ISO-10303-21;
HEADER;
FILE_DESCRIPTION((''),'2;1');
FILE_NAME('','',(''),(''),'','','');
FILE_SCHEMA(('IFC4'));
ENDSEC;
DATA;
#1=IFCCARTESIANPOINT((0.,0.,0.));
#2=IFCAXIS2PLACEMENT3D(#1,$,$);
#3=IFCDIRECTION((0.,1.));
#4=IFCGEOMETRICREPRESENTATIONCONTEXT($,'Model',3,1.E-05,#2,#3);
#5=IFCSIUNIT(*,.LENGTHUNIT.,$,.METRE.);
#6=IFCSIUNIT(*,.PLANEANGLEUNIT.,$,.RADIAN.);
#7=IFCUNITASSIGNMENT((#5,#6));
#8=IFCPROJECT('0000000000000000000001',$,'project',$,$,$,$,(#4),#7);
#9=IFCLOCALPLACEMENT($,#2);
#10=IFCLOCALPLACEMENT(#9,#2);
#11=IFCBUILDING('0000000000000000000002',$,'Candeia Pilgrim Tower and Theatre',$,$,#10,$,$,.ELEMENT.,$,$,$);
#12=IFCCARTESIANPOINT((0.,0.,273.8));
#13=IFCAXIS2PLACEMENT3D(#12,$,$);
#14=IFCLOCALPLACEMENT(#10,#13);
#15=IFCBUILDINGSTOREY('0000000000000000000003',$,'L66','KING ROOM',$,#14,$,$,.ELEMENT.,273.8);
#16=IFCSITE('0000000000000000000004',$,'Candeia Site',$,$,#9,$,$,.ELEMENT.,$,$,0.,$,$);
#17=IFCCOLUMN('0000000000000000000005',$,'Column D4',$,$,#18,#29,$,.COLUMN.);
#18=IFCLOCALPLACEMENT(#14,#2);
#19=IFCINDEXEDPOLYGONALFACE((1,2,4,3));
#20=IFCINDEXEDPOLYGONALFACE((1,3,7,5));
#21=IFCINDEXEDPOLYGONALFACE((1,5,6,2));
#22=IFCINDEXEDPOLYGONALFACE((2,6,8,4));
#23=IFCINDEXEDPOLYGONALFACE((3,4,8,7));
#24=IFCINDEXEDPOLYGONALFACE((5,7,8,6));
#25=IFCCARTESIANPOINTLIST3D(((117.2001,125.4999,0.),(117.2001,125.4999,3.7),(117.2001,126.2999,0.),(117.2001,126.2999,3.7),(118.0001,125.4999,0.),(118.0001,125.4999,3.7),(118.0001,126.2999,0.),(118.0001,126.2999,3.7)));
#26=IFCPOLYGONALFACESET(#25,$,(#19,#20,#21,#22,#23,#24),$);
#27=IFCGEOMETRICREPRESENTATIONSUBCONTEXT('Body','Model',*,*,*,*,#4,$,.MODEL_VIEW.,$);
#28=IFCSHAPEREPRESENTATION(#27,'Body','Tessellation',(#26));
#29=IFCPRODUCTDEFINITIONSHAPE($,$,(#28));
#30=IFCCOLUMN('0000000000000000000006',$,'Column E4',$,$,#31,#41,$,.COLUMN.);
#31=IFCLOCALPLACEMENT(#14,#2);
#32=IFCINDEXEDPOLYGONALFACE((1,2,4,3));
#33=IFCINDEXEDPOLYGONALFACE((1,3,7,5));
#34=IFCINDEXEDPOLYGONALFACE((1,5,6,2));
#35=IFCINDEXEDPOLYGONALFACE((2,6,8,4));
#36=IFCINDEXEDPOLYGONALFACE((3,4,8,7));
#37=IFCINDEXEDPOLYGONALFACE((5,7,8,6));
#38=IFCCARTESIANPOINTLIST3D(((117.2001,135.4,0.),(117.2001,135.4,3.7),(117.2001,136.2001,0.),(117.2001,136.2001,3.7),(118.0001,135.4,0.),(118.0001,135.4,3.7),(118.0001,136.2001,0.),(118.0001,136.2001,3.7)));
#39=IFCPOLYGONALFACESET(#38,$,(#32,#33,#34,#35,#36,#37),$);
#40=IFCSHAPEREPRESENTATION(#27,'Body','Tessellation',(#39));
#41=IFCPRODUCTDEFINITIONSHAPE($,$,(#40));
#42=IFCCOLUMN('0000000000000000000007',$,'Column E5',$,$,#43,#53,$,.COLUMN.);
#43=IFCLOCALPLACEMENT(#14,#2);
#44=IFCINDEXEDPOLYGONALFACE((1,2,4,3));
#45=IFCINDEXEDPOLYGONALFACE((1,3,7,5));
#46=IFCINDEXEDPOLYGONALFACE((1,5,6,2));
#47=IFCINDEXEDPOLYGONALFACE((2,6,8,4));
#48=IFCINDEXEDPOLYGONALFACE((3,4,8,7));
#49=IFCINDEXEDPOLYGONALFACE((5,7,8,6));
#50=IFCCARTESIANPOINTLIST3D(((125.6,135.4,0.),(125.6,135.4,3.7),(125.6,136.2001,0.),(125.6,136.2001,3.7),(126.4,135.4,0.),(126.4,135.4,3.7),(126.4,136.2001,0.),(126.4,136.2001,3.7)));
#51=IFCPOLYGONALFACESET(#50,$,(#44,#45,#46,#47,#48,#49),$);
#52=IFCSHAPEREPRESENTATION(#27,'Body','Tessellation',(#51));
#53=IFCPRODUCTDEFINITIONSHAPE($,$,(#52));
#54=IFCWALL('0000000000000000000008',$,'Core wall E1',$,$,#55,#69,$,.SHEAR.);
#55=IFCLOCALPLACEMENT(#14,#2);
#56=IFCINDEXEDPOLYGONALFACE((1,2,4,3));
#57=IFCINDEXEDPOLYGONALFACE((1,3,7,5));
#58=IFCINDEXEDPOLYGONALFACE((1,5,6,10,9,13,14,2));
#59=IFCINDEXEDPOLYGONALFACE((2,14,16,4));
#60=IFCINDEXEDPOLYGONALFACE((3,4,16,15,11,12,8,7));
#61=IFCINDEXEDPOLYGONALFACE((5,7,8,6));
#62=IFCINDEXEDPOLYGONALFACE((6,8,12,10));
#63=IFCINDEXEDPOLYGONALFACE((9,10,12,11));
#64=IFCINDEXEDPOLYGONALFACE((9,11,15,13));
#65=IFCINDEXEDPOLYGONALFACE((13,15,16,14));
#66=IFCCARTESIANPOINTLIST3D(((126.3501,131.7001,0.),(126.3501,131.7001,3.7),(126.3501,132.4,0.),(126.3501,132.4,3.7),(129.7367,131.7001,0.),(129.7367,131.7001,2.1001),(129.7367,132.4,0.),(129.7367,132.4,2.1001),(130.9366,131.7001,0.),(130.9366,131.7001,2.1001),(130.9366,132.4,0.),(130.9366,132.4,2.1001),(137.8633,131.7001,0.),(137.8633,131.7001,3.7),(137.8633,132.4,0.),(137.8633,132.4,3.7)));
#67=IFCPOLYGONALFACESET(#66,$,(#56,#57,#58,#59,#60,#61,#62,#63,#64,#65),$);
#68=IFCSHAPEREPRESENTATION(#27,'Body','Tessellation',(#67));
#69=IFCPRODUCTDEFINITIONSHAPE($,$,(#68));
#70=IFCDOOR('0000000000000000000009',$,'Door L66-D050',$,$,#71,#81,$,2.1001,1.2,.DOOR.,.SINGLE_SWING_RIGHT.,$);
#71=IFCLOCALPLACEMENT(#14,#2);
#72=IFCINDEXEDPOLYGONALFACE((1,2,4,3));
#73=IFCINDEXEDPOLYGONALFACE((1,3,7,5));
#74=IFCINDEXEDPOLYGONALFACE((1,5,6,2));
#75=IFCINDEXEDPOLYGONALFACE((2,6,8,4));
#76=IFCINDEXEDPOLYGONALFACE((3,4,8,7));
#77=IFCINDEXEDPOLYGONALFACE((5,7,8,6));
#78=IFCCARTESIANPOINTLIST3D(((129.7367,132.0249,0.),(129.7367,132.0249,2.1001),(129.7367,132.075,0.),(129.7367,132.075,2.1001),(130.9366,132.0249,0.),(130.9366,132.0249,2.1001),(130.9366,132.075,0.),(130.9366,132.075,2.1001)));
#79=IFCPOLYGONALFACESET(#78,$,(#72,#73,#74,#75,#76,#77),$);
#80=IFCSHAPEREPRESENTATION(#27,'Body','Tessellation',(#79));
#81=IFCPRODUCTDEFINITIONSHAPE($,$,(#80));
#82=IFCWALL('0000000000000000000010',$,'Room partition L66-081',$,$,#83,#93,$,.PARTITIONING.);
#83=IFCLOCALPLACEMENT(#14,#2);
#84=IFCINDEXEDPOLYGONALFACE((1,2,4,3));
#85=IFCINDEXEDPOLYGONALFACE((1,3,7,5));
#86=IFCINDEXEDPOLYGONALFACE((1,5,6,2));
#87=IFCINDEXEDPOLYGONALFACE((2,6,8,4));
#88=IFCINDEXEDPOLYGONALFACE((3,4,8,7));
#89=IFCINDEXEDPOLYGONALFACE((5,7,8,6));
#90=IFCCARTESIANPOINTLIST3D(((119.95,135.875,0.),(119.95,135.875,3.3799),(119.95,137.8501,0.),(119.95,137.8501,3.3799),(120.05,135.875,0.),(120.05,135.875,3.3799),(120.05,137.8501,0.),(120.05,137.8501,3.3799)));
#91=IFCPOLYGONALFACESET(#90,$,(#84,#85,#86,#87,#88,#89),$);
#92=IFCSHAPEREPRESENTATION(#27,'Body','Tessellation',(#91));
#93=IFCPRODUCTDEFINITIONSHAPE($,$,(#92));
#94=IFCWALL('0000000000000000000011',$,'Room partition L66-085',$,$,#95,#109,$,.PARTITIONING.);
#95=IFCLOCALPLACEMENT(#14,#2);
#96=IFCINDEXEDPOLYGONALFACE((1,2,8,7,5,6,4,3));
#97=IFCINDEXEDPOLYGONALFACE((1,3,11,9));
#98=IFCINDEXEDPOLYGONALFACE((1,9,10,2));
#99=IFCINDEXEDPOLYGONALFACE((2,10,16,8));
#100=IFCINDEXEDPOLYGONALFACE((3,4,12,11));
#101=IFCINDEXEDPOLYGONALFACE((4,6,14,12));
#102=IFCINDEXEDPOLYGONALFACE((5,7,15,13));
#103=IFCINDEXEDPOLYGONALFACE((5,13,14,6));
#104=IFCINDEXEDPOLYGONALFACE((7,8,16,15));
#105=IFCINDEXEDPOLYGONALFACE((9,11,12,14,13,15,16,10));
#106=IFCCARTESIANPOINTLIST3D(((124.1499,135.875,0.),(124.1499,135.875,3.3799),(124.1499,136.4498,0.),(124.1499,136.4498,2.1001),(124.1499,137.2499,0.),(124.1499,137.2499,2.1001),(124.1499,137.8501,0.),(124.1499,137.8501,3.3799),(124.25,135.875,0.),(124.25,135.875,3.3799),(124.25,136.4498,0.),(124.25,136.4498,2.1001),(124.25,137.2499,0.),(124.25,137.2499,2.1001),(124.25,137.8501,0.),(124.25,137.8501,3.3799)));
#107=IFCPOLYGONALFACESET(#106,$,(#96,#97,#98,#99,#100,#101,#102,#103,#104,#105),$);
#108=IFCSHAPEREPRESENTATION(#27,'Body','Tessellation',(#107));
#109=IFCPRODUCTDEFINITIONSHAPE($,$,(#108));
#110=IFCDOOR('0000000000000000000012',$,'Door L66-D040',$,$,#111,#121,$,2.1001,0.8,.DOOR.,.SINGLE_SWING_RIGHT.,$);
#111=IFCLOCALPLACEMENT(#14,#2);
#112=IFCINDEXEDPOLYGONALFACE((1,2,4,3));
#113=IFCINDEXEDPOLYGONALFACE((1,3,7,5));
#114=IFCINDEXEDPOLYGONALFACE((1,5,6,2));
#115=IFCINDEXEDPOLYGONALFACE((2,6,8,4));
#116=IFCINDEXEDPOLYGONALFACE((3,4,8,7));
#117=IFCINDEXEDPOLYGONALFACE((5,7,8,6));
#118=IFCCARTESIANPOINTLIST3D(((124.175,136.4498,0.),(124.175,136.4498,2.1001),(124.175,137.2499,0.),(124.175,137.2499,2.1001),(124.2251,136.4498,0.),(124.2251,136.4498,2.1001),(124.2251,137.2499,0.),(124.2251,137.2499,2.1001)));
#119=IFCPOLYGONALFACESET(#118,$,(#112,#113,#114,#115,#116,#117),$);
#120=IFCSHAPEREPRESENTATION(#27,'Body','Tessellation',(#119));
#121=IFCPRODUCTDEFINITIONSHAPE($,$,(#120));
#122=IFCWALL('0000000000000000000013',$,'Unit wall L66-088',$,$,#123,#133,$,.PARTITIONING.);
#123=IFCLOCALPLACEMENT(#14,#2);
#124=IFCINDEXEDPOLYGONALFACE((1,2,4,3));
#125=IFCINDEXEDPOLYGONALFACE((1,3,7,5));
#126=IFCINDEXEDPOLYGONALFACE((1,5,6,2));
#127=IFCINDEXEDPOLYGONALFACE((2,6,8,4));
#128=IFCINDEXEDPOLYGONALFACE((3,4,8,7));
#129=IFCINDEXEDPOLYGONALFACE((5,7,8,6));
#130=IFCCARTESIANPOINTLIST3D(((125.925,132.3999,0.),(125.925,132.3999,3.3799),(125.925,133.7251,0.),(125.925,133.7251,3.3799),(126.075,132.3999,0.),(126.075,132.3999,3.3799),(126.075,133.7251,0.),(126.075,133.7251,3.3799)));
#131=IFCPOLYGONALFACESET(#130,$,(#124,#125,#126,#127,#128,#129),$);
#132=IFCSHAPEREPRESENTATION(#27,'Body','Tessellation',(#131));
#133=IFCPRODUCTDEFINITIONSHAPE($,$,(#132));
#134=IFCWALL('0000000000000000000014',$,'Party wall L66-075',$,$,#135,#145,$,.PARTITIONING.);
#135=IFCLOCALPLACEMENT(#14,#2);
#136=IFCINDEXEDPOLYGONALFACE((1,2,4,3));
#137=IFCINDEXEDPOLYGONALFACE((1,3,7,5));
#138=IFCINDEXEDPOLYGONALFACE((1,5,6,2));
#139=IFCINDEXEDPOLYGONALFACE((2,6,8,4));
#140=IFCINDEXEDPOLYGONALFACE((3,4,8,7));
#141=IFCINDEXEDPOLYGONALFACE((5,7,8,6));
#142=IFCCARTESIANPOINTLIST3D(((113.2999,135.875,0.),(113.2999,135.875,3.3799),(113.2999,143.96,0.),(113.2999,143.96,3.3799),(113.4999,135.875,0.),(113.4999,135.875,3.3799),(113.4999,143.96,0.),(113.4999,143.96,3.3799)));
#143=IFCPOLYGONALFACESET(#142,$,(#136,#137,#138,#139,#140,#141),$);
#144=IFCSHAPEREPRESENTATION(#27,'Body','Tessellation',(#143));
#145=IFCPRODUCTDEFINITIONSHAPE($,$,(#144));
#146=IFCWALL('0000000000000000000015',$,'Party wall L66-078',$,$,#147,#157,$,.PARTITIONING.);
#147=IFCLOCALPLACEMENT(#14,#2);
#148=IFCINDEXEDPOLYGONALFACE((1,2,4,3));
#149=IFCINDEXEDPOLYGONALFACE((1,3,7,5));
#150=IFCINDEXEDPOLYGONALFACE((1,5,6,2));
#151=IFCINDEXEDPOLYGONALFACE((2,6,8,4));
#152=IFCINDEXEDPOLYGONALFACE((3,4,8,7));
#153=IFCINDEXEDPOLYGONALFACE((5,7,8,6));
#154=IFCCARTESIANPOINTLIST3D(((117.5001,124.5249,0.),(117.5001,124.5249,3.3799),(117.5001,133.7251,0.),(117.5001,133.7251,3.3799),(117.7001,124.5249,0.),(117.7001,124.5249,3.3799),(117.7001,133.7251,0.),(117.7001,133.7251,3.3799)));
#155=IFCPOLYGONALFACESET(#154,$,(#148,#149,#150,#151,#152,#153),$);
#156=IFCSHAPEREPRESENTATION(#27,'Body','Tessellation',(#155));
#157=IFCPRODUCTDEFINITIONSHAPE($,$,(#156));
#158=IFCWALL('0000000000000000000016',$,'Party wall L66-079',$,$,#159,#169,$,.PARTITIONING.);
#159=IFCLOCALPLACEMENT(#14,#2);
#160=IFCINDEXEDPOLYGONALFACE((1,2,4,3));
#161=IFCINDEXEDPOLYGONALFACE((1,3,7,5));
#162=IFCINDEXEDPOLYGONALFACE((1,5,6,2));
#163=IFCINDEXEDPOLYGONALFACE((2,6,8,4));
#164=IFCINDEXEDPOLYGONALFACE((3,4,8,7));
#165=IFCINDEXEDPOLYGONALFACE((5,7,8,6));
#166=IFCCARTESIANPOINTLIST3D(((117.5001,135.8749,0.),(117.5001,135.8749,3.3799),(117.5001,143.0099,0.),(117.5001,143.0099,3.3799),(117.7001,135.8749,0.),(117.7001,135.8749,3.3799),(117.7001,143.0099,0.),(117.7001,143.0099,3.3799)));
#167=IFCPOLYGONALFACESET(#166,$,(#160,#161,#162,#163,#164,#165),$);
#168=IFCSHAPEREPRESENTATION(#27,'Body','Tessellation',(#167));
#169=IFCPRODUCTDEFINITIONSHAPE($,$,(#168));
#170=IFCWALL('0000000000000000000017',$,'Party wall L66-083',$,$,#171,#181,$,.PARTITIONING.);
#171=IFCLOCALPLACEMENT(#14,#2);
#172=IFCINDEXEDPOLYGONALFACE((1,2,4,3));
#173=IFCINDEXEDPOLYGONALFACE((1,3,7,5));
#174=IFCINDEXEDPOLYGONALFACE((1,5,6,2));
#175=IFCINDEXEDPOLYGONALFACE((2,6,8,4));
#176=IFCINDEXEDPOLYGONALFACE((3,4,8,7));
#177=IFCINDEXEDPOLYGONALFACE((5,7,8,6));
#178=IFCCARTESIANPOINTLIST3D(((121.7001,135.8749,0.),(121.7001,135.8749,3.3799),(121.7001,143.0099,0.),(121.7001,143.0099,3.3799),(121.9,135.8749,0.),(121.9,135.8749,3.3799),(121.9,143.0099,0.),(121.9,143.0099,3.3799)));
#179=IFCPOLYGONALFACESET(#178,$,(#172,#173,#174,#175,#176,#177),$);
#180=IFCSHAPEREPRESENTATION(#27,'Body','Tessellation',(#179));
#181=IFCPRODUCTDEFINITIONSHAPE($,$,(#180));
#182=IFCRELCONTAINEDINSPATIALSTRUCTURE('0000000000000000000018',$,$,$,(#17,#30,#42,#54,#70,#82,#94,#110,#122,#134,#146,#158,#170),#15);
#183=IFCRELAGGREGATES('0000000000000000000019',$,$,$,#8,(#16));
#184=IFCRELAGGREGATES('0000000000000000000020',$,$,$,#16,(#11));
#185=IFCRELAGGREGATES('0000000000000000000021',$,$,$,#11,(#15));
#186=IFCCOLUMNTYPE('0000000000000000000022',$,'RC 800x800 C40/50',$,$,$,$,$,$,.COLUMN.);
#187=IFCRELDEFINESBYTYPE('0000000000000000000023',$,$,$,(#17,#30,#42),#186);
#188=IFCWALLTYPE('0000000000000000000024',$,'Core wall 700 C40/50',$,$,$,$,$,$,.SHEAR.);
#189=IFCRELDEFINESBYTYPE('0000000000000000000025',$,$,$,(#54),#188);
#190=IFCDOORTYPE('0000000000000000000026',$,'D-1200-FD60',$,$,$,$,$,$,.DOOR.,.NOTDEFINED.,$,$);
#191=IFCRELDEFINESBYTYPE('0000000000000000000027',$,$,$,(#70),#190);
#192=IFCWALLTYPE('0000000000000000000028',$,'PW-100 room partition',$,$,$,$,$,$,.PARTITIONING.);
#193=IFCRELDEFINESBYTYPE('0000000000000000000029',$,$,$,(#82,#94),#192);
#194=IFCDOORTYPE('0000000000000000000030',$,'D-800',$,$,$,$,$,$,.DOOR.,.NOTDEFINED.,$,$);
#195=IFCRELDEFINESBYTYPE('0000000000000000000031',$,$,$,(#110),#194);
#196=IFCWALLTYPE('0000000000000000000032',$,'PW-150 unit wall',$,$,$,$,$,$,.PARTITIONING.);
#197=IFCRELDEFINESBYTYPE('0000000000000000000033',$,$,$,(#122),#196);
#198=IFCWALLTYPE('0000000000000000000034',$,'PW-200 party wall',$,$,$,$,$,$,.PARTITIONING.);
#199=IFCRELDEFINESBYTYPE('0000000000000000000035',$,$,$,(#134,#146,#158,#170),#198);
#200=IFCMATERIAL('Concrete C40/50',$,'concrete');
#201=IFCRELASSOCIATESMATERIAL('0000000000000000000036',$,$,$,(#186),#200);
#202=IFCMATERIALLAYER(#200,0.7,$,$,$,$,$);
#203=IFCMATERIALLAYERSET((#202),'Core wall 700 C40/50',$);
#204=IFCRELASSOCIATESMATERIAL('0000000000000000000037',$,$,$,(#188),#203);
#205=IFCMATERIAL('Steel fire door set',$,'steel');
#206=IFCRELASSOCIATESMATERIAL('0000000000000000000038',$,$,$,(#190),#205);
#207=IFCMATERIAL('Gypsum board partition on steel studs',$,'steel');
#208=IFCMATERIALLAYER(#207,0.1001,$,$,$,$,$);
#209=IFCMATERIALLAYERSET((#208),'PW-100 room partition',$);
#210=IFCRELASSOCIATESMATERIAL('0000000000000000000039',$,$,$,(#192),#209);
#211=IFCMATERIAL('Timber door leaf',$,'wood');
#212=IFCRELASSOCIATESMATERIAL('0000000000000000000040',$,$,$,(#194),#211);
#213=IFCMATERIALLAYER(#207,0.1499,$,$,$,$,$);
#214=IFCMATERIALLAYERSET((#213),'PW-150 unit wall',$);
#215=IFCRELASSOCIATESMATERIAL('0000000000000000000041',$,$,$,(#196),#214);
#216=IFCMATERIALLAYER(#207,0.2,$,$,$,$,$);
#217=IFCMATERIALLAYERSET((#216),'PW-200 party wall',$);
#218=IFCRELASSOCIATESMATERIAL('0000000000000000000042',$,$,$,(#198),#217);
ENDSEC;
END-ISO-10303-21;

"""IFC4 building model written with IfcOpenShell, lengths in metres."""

from ifc_helpers import new_model, si_unit, direction, frame, frame_2d, origin, origin_2d, place, context, subcontext, project, spatial, rectangle, extrude, material, layer, layer_set, material_profile, profile_set, type_object, element, fill, save


model = new_model("IFC4")

# Units and contexts
model_context = context("Model", 3, precision=1e-05, world=origin(), true_north=direction((0.0, 1.0)))
body_context = subcontext(model_context, "Body", "Model", "MODEL_VIEW")
ifc_project = project(units=[si_unit("LENGTHUNIT", "METRE"), si_unit("PLANEANGLEUNIT", "RADIAN")], contexts=[model_context])

# Site, building, storey
site_placement = place(None, origin())
site = spatial("IfcSite", under=ifc_project, at=site_placement, Name="Candeia Site", CompositionType="ELEMENT", RefElevation=0.0)
building_placement = place(site_placement, origin())
building = spatial("IfcBuilding", under=site, at=building_placement, Name="Candeia Pilgrim Tower and Theatre", CompositionType="ELEMENT")
storey_placement = place(building_placement, frame((0.0, 0.0, 273.8)))
storey = spatial("IfcBuildingStorey", under=building, at=storey_placement, Name="L66", Description="KING ROOM", CompositionType="ELEMENT", Elevation=273.8)

# Columns
ifc_material_1 = material(Name="Concrete C40/50", Category="concrete")
ifc_material_profile = material_profile(ifc_material_1, rectangle(XDim=0.8, YDim=0.8, at=origin_2d()))
ifc_profile_set = profile_set([ifc_material_profile], Name="Concrete C40/50")
column_type = type_object("IfcColumnType", Name="RC 800x800 C40/50", PredefinedType="COLUMN", material=ifc_profile_set)
for number, where, z_axis, x_axis, name in (
    (1, (117.6001, 125.8999, 0.0), (0.0, 0.0, 1.0), (1.0, 0.0, 0.0), "Column D4"),
    (2, (117.6001, 135.8, 0.0), (0.0, 0.0, 1.0), (1.0, 0.0, 0.0), "Column E4"),
    (3, (126.0, 135.8, 0.0), (0.0, 0.0, 1.0), (1.0, 0.0, 0.0), "Column E5"),
):
    element("IfcColumn", number, at=place(storey_placement, frame(where, z_axis=z_axis, x_axis=x_axis)), inside=storey, type_object=column_type, Name=name, PredefinedType="COLUMN", context=body_context, shape_type="SweptSolid", body=[
        extrude(rectangle(XDim=0.8, YDim=0.8, at=origin_2d()), origin(), (0.0, 0.0, 1.0), 3.7),
    ])

# Wall, opening, door
ifc_layer_1 = layer(ifc_material_1, 0.7)
ifc_layer_set_1 = layer_set([ifc_layer_1], Name="Core wall 700 C40/50")
wall_type_1 = type_object("IfcWallType", Name="Core wall 700 C40/50", PredefinedType="SHEAR", material=ifc_layer_set_1)
wall_1_placement = place(storey_placement, frame((126.3501, 132.05, 0.0), z_axis=(0.0, 0.0, 1.0), x_axis=(1.0, 0.0, 0.0)))
wall_1 = element("IfcWall", 4, at=wall_1_placement, inside=storey, type_object=wall_type_1, Name="Core wall E1", PredefinedType="SHEAR", context=body_context, shape_type="SweptSolid", body=[
    extrude(rectangle(XDim=11.5132, YDim=0.7, at=frame_2d((5.7566, 0.0))), origin(), (0.0, 0.0, 1.0), 3.7),
])
opening_1_placement = place(wall_1_placement, frame((3.3865, 0.0, 0.0)))
opening_1 = element("IfcOpeningElement", 5, at=opening_1_placement, cuts=wall_1, PredefinedType="OPENING", context=body_context, shape_type="SweptSolid", body=[
    extrude(rectangle(XDim=1.2, YDim=2.1001, at=frame_2d((0.6001, 1.05))), frame((0.0, 0.3599, 0.0), z_axis=(0.0, -1.0, 0.0), x_axis=(1.0, 0.0, 0.0)), (0.0, 0.0, 1.0), 0.72),
])
ifc_material_2 = material(Name="Steel fire door set", Category="steel")
door_type_1 = type_object("IfcDoorType", Name="D-1200-FD60", OperationType="NOTDEFINED", PredefinedType="DOOR", material=ifc_material_2)
door_1_placement = place(opening_1_placement, origin())
door_1 = element("IfcDoor", 6, at=door_1_placement, inside=storey, type_object=door_type_1, Name="Door L66-D050", OperationType="SINGLE_SWING_RIGHT", OverallHeight=2.1001, OverallWidth=1.2, PredefinedType="DOOR", context=body_context, shape_type="SweptSolid", body=[
    extrude(rectangle(XDim=1.2, YDim=2.1001, at=frame_2d((0.6001, 1.05))), frame((0.0, 0.0249, 0.0), z_axis=(0.0, -1.0, 0.0), x_axis=(1.0, 0.0, 0.0)), (0.0, 0.0, 1.0), 0.05),
])
fill(opening_1, door_1)

# Wall
ifc_material_3 = material(Name="Gypsum board partition on steel studs", Category="steel")
ifc_layer_2 = layer(ifc_material_3, 0.1001)
ifc_layer_set_2 = layer_set([ifc_layer_2], Name="PW-100 room partition")
wall_type_2 = type_object("IfcWallType", Name="PW-100 room partition", PredefinedType="PARTITIONING", material=ifc_layer_set_2)
wall_2_placement = place(storey_placement, frame((120.0, 135.875, 0.0), z_axis=(0.0, 0.0, 1.0), x_axis=(0.0, 1.0, 0.0)))
element("IfcWall", 7, at=wall_2_placement, inside=storey, type_object=wall_type_2, Name="Room partition L66-081", PredefinedType="PARTITIONING", context=body_context, shape_type="SweptSolid", body=[
    extrude(rectangle(XDim=1.9751, YDim=0.1001, at=frame_2d((0.9875, 0.0))), origin(), (0.0, 0.0, 1.0), 3.3799),
])

# Wall, opening, door
wall_3_placement = place(storey_placement, frame((124.2, 135.875, 0.0), z_axis=(0.0, 0.0, 1.0), x_axis=(0.0, 1.0, 0.0)))
wall_3 = element("IfcWall", 8, at=wall_3_placement, inside=storey, type_object=wall_type_2, Name="Room partition L66-085", PredefinedType="PARTITIONING", context=body_context, shape_type="SweptSolid", body=[
    extrude(rectangle(XDim=1.9751, YDim=0.1001, at=frame_2d((0.9875, 0.0))), origin(), (0.0, 0.0, 1.0), 3.3799),
])
opening_2_placement = place(wall_3_placement, frame((0.575, 0.0, 0.0)))
opening_2 = element("IfcOpeningElement", 9, at=opening_2_placement, cuts=wall_3, PredefinedType="OPENING", context=body_context, shape_type="SweptSolid", body=[
    extrude(rectangle(XDim=0.8, YDim=2.1001, at=frame_2d((0.3999, 1.05))), frame((0.0, 0.0601, 0.0), z_axis=(0.0, -1.0, 0.0), x_axis=(1.0, 0.0, 0.0)), (0.0, 0.0, 1.0), 0.1201),
])
ifc_material_4 = material(Name="Timber door leaf", Category="wood")
door_type_2 = type_object("IfcDoorType", Name="D-800", OperationType="NOTDEFINED", PredefinedType="DOOR", material=ifc_material_4)
door_2_placement = place(opening_2_placement, origin())
door_2 = element("IfcDoor", 10, at=door_2_placement, inside=storey, type_object=door_type_2, Name="Door L66-D040", OperationType="SINGLE_SWING_RIGHT", OverallHeight=2.1001, OverallWidth=0.8, PredefinedType="DOOR", context=body_context, shape_type="SweptSolid", body=[
    extrude(rectangle(XDim=0.8, YDim=2.1001, at=frame_2d((0.3999, 1.05))), frame((0.0, 0.0249, 0.0), z_axis=(0.0, -1.0, 0.0), x_axis=(1.0, 0.0, 0.0)), (0.0, 0.0, 1.0), 0.05),
])
fill(opening_2, door_2)

# Walls
ifc_layer_3 = layer(ifc_material_3, 0.1499)
ifc_layer_set_3 = layer_set([ifc_layer_3], Name="PW-150 unit wall")
wall_type_3 = type_object("IfcWallType", Name="PW-150 unit wall", PredefinedType="PARTITIONING", material=ifc_layer_set_3)
wall_4_placement = place(storey_placement, frame((126.0, 132.3999, 0.0), z_axis=(0.0, 0.0, 1.0), x_axis=(0.0, 1.0, 0.0)))
element("IfcWall", 11, at=wall_4_placement, inside=storey, type_object=wall_type_3, Name="Unit wall L66-088", PredefinedType="PARTITIONING", context=body_context, shape_type="SweptSolid", body=[
    extrude(rectangle(XDim=1.3252, YDim=0.1499, at=frame_2d((0.6626, 0.0))), origin(), (0.0, 0.0, 1.0), 3.3799),
])
ifc_layer_4 = layer(ifc_material_3, 0.2)
ifc_layer_set_4 = layer_set([ifc_layer_4], Name="PW-200 party wall")
wall_type_4 = type_object("IfcWallType", Name="PW-200 party wall", PredefinedType="PARTITIONING", material=ifc_layer_set_4)
wall_5_placement = place(storey_placement, frame((113.3999, 135.875, 0.0), z_axis=(0.0, 0.0, 1.0), x_axis=(0.0, 1.0, 0.0)))
element("IfcWall", 12, at=wall_5_placement, inside=storey, type_object=wall_type_4, Name="Party wall L66-075", PredefinedType="PARTITIONING", context=body_context, shape_type="SweptSolid", body=[
    extrude(rectangle(XDim=8.085, YDim=0.2, at=frame_2d((4.0425, 0.0))), origin(), (0.0, 0.0, 1.0), 3.3799),
])
wall_6_placement = place(storey_placement, frame((117.6001, 124.5249, 0.0), z_axis=(0.0, 0.0, 1.0), x_axis=(0.0, 1.0, 0.0)))
element("IfcWall", 13, at=wall_6_placement, inside=storey, type_object=wall_type_4, Name="Party wall L66-078", PredefinedType="PARTITIONING", context=body_context, shape_type="SweptSolid", body=[
    extrude(rectangle(XDim=9.2002, YDim=0.2, at=frame_2d((4.6001, 0.0))), origin(), (0.0, 0.0, 1.0), 3.3799),
])
for number, where, z_axis, x_axis, name in (
    (14, (117.6001, 135.875, 0.0), (0.0, 0.0, 1.0), (0.0, 1.0, 0.0), "Party wall L66-079"),
    (15, (121.8, 135.875, 0.0), (0.0, 0.0, 1.0), (0.0, 1.0, 0.0), "Party wall L66-083"),
):
    element("IfcWall", number, at=place(storey_placement, frame(where, z_axis=z_axis, x_axis=x_axis)), inside=storey, type_object=wall_type_4, Name=name, PredefinedType="PARTITIONING", context=body_context, shape_type="SweptSolid", body=[
        extrude(rectangle(XDim=7.135, YDim=0.2, at=frame_2d((3.5674, 0.0))), origin(), (0.0, 0.0, 1.0), 3.3799),
    ])

save(model, "model.ifc")
